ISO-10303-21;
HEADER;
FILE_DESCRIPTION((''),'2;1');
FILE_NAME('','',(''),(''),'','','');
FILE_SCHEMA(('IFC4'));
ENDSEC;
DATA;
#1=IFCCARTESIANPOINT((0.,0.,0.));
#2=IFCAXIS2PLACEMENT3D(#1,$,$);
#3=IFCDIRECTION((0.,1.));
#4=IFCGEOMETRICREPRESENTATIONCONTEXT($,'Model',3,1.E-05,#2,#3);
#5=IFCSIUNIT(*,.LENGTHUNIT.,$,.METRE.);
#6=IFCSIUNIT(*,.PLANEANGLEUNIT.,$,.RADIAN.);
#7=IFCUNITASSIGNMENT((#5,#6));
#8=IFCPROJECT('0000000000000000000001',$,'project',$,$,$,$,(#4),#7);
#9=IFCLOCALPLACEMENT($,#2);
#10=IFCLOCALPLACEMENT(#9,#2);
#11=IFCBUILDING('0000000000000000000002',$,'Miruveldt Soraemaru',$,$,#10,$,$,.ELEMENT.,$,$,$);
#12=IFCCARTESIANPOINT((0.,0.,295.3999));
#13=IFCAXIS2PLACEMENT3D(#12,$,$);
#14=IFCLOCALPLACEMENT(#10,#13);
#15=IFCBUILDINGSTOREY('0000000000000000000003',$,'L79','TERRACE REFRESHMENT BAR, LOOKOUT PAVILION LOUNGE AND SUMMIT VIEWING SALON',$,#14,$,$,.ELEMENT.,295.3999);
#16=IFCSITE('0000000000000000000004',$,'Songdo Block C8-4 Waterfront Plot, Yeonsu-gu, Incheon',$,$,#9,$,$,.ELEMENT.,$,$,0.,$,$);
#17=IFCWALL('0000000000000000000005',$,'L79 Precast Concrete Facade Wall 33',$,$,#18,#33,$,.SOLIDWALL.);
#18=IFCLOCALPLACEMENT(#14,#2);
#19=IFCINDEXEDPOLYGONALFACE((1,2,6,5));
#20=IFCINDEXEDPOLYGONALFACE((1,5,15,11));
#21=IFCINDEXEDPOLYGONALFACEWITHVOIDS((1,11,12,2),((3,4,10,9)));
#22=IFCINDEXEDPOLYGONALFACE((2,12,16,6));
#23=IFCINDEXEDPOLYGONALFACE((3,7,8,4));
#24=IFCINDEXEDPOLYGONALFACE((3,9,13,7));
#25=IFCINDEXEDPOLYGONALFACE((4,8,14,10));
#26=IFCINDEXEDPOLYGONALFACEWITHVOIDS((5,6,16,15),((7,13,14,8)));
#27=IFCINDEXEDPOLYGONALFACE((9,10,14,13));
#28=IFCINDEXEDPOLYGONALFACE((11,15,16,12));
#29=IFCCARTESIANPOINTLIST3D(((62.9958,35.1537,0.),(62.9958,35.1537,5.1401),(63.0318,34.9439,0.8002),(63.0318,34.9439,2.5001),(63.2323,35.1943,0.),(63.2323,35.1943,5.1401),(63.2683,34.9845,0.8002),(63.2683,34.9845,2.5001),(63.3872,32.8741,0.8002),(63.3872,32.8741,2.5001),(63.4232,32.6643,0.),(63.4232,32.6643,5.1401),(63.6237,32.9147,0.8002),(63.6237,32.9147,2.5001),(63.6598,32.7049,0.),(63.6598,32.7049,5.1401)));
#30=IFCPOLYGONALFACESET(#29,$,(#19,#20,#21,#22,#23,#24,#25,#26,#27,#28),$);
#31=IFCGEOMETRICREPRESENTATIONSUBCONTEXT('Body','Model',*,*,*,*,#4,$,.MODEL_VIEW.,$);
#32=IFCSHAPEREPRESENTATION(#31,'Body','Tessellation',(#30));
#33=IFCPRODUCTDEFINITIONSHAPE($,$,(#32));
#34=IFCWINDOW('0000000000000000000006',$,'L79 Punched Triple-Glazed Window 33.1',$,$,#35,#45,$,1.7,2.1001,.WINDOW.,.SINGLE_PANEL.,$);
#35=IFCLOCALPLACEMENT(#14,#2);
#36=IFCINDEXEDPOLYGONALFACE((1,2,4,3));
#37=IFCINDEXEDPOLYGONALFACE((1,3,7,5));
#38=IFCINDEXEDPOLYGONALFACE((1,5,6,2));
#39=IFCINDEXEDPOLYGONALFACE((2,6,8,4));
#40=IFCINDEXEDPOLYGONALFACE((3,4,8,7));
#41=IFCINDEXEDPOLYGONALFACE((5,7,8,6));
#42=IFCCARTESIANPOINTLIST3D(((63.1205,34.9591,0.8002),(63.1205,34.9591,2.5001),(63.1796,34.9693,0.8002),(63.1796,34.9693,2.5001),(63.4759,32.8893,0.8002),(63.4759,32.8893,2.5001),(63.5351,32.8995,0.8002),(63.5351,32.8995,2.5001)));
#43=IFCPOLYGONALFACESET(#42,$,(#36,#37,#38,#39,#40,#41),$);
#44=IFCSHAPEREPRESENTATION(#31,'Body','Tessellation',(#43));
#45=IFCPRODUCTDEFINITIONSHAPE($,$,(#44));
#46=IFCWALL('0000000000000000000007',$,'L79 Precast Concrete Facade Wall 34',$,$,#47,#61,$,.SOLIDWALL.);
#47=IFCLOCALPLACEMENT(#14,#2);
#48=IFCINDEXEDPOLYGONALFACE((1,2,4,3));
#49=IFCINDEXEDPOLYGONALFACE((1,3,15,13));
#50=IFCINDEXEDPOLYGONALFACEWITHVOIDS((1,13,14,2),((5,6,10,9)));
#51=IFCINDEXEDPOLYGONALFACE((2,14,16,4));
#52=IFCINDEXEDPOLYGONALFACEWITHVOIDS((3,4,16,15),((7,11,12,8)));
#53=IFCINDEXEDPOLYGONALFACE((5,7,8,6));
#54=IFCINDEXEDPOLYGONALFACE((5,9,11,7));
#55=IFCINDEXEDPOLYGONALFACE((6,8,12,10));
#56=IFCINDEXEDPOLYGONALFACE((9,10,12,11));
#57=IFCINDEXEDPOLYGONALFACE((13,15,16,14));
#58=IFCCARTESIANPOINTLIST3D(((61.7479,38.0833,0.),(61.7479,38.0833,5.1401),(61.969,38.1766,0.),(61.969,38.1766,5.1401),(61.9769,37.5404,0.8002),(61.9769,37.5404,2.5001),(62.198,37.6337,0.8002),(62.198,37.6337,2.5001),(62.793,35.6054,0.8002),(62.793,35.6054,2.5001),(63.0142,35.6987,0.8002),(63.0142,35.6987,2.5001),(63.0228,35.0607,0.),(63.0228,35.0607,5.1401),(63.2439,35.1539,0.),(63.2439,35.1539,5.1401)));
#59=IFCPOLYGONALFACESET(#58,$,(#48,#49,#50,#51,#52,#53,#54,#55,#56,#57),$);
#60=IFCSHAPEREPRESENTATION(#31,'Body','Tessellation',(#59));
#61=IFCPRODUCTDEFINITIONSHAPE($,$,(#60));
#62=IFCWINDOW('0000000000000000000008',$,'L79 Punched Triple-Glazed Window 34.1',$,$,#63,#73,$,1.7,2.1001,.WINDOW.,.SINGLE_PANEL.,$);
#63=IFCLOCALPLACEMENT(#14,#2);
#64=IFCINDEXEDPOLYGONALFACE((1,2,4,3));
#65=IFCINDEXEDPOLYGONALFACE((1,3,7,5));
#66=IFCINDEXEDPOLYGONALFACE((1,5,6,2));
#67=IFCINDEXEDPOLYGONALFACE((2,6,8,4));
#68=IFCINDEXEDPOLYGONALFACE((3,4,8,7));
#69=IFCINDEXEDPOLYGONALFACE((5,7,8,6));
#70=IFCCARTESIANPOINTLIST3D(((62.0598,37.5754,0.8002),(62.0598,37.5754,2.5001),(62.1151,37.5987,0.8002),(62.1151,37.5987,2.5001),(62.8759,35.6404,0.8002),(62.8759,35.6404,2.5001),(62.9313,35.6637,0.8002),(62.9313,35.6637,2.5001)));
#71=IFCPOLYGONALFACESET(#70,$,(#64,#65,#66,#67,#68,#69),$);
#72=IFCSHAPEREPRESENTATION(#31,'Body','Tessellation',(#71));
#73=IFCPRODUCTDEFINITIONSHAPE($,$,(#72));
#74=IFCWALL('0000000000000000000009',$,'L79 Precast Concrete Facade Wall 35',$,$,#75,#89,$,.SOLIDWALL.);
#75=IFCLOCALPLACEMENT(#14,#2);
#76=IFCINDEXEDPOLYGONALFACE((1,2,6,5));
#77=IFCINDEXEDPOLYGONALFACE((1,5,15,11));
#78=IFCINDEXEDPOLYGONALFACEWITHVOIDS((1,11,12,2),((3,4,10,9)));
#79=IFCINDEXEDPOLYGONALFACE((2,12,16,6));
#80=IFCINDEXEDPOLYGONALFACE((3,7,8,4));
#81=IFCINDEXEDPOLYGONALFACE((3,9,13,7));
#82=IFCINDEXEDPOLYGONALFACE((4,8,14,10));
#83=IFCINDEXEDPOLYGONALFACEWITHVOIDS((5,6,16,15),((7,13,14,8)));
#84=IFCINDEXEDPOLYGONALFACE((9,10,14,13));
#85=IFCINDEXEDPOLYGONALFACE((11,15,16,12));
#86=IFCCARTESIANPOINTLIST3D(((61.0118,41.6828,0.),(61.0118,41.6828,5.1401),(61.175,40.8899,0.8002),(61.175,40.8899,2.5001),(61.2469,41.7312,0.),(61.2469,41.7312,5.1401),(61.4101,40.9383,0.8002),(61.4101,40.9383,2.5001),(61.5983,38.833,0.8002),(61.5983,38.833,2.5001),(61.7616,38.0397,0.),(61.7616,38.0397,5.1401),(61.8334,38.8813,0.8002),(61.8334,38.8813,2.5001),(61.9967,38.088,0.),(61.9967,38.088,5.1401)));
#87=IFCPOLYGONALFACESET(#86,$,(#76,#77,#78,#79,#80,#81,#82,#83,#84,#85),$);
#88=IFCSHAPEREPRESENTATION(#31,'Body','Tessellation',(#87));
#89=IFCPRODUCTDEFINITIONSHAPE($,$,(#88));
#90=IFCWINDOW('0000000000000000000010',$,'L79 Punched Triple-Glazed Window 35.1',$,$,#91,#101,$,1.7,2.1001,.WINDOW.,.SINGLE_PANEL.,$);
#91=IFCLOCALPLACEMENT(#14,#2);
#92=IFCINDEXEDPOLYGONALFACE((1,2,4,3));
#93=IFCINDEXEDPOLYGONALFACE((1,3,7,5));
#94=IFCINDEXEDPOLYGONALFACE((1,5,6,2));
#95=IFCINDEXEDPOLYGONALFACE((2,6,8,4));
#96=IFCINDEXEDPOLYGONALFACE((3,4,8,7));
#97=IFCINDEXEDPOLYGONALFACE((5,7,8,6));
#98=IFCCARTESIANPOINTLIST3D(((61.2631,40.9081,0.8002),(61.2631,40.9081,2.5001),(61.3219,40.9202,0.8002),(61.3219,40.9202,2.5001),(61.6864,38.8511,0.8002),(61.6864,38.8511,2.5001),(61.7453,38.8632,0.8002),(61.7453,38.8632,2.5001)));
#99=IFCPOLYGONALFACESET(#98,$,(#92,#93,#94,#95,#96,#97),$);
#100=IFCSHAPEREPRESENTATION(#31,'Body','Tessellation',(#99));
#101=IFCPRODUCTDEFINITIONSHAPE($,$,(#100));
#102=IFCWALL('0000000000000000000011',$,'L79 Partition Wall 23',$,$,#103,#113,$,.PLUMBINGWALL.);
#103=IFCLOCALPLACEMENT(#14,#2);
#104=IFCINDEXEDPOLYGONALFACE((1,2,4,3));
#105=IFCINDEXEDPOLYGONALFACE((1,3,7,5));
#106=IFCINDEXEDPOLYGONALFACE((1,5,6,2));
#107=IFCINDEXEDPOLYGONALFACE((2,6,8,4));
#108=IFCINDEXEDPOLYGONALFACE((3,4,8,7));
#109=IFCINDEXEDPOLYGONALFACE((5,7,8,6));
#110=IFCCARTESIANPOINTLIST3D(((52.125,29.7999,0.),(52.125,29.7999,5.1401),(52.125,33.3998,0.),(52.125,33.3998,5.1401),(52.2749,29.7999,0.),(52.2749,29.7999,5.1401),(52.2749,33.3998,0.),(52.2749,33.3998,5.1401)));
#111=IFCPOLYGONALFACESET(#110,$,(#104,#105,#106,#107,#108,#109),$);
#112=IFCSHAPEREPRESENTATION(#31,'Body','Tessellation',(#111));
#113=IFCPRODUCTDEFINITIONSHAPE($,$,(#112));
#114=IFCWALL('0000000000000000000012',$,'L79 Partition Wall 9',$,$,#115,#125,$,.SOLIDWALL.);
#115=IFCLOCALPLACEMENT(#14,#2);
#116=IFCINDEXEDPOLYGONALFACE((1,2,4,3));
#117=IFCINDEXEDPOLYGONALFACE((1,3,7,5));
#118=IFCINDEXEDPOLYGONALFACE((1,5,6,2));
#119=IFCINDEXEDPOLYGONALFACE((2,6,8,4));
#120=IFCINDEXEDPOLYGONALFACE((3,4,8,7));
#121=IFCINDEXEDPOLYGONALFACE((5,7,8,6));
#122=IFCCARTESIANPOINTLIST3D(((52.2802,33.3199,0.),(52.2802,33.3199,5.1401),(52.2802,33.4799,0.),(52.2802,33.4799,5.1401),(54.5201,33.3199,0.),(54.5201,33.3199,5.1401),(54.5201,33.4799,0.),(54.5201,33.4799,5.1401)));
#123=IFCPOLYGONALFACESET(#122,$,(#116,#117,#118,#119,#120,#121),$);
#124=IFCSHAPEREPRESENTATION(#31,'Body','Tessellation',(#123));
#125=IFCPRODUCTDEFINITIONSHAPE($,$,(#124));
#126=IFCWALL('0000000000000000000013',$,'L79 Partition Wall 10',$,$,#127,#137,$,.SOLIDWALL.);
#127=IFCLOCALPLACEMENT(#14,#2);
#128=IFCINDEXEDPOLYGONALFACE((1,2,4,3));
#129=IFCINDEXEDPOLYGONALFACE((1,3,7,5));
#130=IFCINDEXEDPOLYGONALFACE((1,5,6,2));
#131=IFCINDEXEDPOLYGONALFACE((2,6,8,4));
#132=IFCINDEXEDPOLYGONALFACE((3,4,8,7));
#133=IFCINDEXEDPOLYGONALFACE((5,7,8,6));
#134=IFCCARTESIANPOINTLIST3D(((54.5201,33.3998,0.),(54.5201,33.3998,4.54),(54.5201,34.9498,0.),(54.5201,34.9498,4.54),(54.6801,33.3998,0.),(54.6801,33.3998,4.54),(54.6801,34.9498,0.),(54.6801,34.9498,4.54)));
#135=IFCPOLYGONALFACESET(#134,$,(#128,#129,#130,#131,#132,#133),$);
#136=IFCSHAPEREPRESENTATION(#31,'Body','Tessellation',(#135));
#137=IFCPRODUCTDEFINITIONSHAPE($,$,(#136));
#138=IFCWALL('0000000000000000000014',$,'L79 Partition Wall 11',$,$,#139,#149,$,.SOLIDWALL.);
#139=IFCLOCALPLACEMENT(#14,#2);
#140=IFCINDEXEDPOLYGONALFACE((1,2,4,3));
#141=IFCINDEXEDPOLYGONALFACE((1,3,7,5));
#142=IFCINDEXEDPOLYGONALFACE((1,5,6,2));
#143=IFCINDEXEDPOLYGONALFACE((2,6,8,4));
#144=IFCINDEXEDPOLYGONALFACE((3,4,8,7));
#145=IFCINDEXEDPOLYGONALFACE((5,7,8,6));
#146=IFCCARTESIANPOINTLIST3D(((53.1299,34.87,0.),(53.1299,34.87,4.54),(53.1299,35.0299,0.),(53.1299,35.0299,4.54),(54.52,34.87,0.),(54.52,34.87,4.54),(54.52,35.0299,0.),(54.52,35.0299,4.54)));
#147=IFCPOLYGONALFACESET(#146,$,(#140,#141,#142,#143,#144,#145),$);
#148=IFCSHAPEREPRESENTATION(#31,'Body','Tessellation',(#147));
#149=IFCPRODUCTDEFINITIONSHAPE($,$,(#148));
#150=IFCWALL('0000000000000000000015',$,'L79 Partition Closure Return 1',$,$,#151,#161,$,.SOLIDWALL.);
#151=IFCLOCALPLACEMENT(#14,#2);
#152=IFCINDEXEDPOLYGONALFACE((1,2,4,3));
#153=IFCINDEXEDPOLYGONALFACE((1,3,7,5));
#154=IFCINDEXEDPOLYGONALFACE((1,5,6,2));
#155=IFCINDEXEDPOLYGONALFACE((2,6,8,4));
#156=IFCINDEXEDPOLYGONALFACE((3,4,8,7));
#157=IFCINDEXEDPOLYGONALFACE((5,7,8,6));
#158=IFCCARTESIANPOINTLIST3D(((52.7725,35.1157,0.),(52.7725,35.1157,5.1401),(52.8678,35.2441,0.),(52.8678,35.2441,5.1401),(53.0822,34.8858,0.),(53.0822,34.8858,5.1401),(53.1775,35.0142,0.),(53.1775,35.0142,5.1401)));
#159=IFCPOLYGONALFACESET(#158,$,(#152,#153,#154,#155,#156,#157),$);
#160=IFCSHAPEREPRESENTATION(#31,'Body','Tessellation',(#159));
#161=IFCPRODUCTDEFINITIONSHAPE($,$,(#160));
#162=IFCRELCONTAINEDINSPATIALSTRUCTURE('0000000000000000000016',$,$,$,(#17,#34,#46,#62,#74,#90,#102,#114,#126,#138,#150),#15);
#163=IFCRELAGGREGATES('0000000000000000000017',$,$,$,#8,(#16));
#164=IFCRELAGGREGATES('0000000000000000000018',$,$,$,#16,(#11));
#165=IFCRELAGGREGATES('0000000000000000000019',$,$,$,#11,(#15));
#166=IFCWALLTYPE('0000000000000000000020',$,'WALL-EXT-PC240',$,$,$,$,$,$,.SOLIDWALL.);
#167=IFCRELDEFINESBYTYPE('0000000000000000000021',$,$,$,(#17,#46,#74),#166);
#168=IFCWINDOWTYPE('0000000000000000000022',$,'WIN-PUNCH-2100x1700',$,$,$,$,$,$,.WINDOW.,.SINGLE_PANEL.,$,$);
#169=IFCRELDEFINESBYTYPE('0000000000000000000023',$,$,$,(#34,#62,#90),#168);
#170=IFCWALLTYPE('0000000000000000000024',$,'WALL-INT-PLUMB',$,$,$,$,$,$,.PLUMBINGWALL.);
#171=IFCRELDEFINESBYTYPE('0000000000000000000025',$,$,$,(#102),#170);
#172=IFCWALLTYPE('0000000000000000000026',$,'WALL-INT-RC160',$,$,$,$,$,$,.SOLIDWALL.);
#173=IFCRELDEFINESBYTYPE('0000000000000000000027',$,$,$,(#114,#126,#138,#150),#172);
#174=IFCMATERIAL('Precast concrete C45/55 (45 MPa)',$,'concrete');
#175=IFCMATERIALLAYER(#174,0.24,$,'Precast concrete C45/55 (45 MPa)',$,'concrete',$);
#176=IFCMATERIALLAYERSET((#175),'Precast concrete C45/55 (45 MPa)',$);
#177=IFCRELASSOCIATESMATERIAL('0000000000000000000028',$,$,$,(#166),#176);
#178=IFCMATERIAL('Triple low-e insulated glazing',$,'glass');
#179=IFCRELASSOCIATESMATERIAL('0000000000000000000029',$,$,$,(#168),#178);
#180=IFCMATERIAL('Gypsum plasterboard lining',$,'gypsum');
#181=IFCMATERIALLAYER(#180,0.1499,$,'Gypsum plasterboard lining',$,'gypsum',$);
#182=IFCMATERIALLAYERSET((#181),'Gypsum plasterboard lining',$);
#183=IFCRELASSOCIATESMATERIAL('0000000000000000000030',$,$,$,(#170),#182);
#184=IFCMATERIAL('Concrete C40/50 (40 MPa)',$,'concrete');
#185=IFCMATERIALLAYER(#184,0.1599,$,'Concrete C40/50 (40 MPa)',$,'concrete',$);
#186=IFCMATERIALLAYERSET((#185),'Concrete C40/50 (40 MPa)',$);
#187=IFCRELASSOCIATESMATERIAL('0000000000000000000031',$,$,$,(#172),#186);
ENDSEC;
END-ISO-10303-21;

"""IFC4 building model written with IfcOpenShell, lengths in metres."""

from ifc_helpers import new_model, si_unit, direction, frame, frame_2d, origin, place, context, subcontext, project, spatial, rectangle, extrude, material, layer, layer_set, type_object, element, fill, save


model = new_model("IFC4")

# Units and contexts
model_context = context("Model", 3, precision=1e-05, world=origin(), true_north=direction((0.0, 1.0)))
body_context = subcontext(model_context, "Body", "Model", "MODEL_VIEW")
ifc_project = project(units=[si_unit("LENGTHUNIT", "METRE"), si_unit("PLANEANGLEUNIT", "RADIAN")], contexts=[model_context])

# Site, building, storey
site_placement = place(None, origin())
site = spatial("IfcSite", under=ifc_project, at=site_placement, Name="Songdo Block C8-4 Waterfront Plot, Yeonsu-gu, Incheon", CompositionType="ELEMENT", RefElevation=0.0)
building_placement = place(site_placement, origin())
building = spatial("IfcBuilding", under=site, at=building_placement, Name="Miruveldt Soraemaru", CompositionType="ELEMENT")
storey_placement = place(building_placement, frame((0.0, 0.0, 295.3999)))
storey = spatial("IfcBuildingStorey", under=building, at=storey_placement, Name="L79", Description="TERRACE REFRESHMENT BAR, LOOKOUT PAVILION LOUNGE AND SUMMIT VIEWING SALON", CompositionType="ELEMENT", Elevation=295.3999)

# Walls, openings, windows
ifc_material_1 = material(Name="Precast concrete C45/55 (45 MPa)", Category="concrete")
ifc_layer_1 = layer(ifc_material_1, 0.24, Name="Precast concrete C45/55 (45 MPa)", Category="concrete")
ifc_layer_set_1 = layer_set([ifc_layer_1], Name="Precast concrete C45/55 (45 MPa)")
wall_type_1 = type_object("IfcWallType", Name="WALL-EXT-PC240", PredefinedType="SOLIDWALL", material=ifc_layer_set_1)
ifc_material_2 = material(Name="Triple low-e insulated glazing", Category="glass")
window_type_1 = type_object("IfcWindowType", Name="WIN-PUNCH-2100x1700", PartitioningType="SINGLE_PANEL", PredefinedType="WINDOW", material=ifc_material_2)
wall_1_placement = place(storey_placement, frame((63.5415, 32.6846, 0.0), z_axis=(0.0, 0.0, 1.0), x_axis=(-0.16924, 0.985575, 0.0)))
wall_1 = element("IfcWall", 1, at=wall_1_placement, inside=storey, type_object=wall_type_1, Name="L79 Precast Concrete Facade Wall 33", PredefinedType="SOLIDWALL", context=body_context, shape_type="SweptSolid", body=[
    extrude(rectangle(XDim=2.5259, YDim=0.24, at=frame_2d((1.2629, 0.0))), origin(), (0.0, 0.0, 1.0), 5.1401),
])
opening_1_placement = place(wall_1_placement, frame((0.2129, 0.0, 0.8)))
opening_1 = element("IfcOpeningElement", 2, at=opening_1_placement, cuts=wall_1, PredefinedType="OPENING", context=body_context, shape_type="SweptSolid", body=[
    extrude(rectangle(XDim=2.1001, YDim=1.7, at=frame_2d((1.05, 0.8501))), frame((0.0, 0.1299, 0.0), z_axis=(0.0, -1.0, 0.0), x_axis=(1.0, 0.0, 0.0)), (0.0, 0.0, 1.0), 0.26),
])
window_1_placement = place(opening_1_placement, origin())
window_1 = element("IfcWindow", 3, at=window_1_placement, inside=storey, type_object=window_type_1, Name="L79 Punched Triple-Glazed Window 33.1", OverallHeight=1.7, OverallWidth=2.1001, PartitioningType="SINGLE_PANEL", PredefinedType="WINDOW", context=body_context, shape_type="SweptSolid", body=[
    extrude(rectangle(XDim=2.1001, YDim=1.7, at=frame_2d((1.05, 0.8501))), frame((0.0, 0.03, 0.0), z_axis=(0.0, -1.0, 0.0), x_axis=(1.0, 0.0, 0.0)), (0.0, 0.0, 1.0), 0.0601),
])
fill(opening_1, window_1)
wall_2_placement = place(storey_placement, frame((63.1333, 35.1074, 0.0), z_axis=(0.0, 0.0, 1.0), x_axis=(-0.388623, 0.921397, 0.0)))
wall_2 = element("IfcWall", 4, at=wall_2_placement, inside=storey, type_object=wall_type_1, Name="L79 Precast Concrete Facade Wall 34", PredefinedType="SOLIDWALL", context=body_context, shape_type="SweptSolid", body=[
    extrude(rectangle(XDim=3.2805, YDim=0.24, at=frame_2d((1.6401, 0.0))), origin(), (0.0, 0.0, 1.0), 5.1401),
])
opening_2_placement = place(wall_2_placement, frame((0.5911, 0.0, 0.8)))
opening_2 = element("IfcOpeningElement", 5, at=opening_2_placement, cuts=wall_2, PredefinedType="OPENING", context=body_context, shape_type="SweptSolid", body=[
    extrude(rectangle(XDim=2.1001, YDim=1.7, at=frame_2d((1.05, 0.8501))), frame((0.0, 0.1299, 0.0), z_axis=(0.0, -1.0, 0.0), x_axis=(1.0, 0.0, 0.0)), (0.0, 0.0, 1.0), 0.26),
])
window_2_placement = place(opening_2_placement, origin())
window_2 = element("IfcWindow", 6, at=window_2_placement, inside=storey, type_object=window_type_1, Name="L79 Punched Triple-Glazed Window 34.1", OverallHeight=1.7, OverallWidth=2.1001, PartitioningType="SINGLE_PANEL", PredefinedType="WINDOW", context=body_context, shape_type="SweptSolid", body=[
    extrude(rectangle(XDim=2.1001, YDim=1.7, at=frame_2d((1.05, 0.8501))), frame((0.0, 0.03, 0.0), z_axis=(0.0, -1.0, 0.0), x_axis=(1.0, 0.0, 0.0)), (0.0, 0.0, 1.0), 0.0601),
])
fill(opening_2, window_2)
wall_3_placement = place(storey_placement, frame((61.8792, 38.0637, 0.0), z_axis=(0.0, 0.0, 1.0), x_axis=(-0.201579, 0.979472, 0.0)))
wall_3 = element("IfcWall", 7, at=wall_3_placement, inside=storey, type_object=wall_type_1, Name="L79 Precast Concrete Facade Wall 35", PredefinedType="SOLIDWALL", context=body_context, shape_type="SweptSolid", body=[
    extrude(rectangle(XDim=3.7195, YDim=0.24, at=frame_2d((1.8599, 0.0))), origin(), (0.0, 0.0, 1.0), 5.1401),
])
opening_3_placement = place(wall_3_placement, frame((0.8101, 0.0, 0.8)))
opening_3 = element("IfcOpeningElement", 8, at=opening_3_placement, cuts=wall_3, PredefinedType="OPENING", context=body_context, shape_type="SweptSolid", body=[
    extrude(rectangle(XDim=2.1001, YDim=1.7, at=frame_2d((1.05, 0.8501))), frame((0.0, 0.1299, 0.0), z_axis=(0.0, -1.0, 0.0), x_axis=(1.0, 0.0, 0.0)), (0.0, 0.0, 1.0), 0.26),
])
window_3_placement = place(opening_3_placement, origin())
window_3 = element("IfcWindow", 9, at=window_3_placement, inside=storey, type_object=window_type_1, Name="L79 Punched Triple-Glazed Window 35.1", OverallHeight=1.7, OverallWidth=2.1001, PartitioningType="SINGLE_PANEL", PredefinedType="WINDOW", context=body_context, shape_type="SweptSolid", body=[
    extrude(rectangle(XDim=2.1001, YDim=1.7, at=frame_2d((1.05, 0.8501))), frame((0.0, 0.03, 0.0), z_axis=(0.0, -1.0, 0.0), x_axis=(1.0, 0.0, 0.0)), (0.0, 0.0, 1.0), 0.0601),
])
fill(opening_3, window_3)

# Walls
ifc_material_3 = material(Name="Gypsum plasterboard lining", Category="gypsum")
ifc_layer_2 = layer(ifc_material_3, 0.1499, Name="Gypsum plasterboard lining", Category="gypsum")
ifc_layer_set_2 = layer_set([ifc_layer_2], Name="Gypsum plasterboard lining")
wall_type_2 = type_object("IfcWallType", Name="WALL-INT-PLUMB", PredefinedType="PLUMBINGWALL", material=ifc_layer_set_2)
wall_4_placement = place(storey_placement, frame((52.2, 29.8, 0.0), z_axis=(0.0, 0.0, 1.0), x_axis=(0.0, 1.0, 0.0)))
element("IfcWall", 10, at=wall_4_placement, inside=storey, type_object=wall_type_2, Name="L79 Partition Wall 23", PredefinedType="PLUMBINGWALL", context=body_context, shape_type="SweptSolid", body=[
    extrude(rectangle(XDim=3.5999, YDim=0.1499, at=frame_2d((1.7998, 0.0))), origin(), (0.0, 0.0, 1.0), 5.1401),
])
ifc_material_4 = material(Name="Concrete C40/50 (40 MPa)", Category="concrete")
ifc_layer_3 = layer(ifc_material_4, 0.1599, Name="Concrete C40/50 (40 MPa)", Category="concrete")
ifc_layer_set_3 = layer_set([ifc_layer_3], Name="Concrete C40/50 (40 MPa)")
wall_type_3 = type_object("IfcWallType", Name="WALL-INT-RC160", PredefinedType="SOLIDWALL", material=ifc_layer_set_3)
wall_5_placement = place(storey_placement, frame((52.28, 33.3999, 0.0), z_axis=(0.0, 0.0, 1.0), x_axis=(1.0, 0.0, 0.0)))
element("IfcWall", 11, at=wall_5_placement, inside=storey, type_object=wall_type_3, Name="L79 Partition Wall 9", PredefinedType="SOLIDWALL", context=body_context, shape_type="SweptSolid", body=[
    extrude(rectangle(XDim=2.24, YDim=0.1599, at=frame_2d((1.1201, 0.0))), origin(), (0.0, 0.0, 1.0), 5.1401),
])
wall_6_placement = place(storey_placement, frame((54.6001, 33.3999, 0.0), z_axis=(0.0, 0.0, 1.0), x_axis=(0.0, 1.0, 0.0)))
element("IfcWall", 12, at=wall_6_placement, inside=storey, type_object=wall_type_3, Name="L79 Partition Wall 10", PredefinedType="SOLIDWALL", context=body_context, shape_type="SweptSolid", body=[
    extrude(rectangle(XDim=1.55, YDim=0.1599, at=frame_2d((0.7749, 0.0))), origin(), (0.0, 0.0, 1.0), 4.54),
])
wall_7_placement = place(storey_placement, frame((54.52, 34.95, 0.0), z_axis=(0.0, 0.0, 1.0), x_axis=(-1.0, 0.0, 0.0)))
element("IfcWall", 13, at=wall_7_placement, inside=storey, type_object=wall_type_3, Name="L79 Partition Wall 11", PredefinedType="SOLIDWALL", context=body_context, shape_type="SweptSolid", body=[
    extrude(rectangle(XDim=1.3901, YDim=0.1599, at=frame_2d((0.6951, 0.0))), origin(), (0.0, 0.0, 1.0), 4.54),
])
wall_8_placement = place(storey_placement, frame((53.1299, 34.95, 0.0), z_axis=(0.0, 0.0, 1.0), x_axis=(-0.802951, 0.596044, 0.0)))
element("IfcWall", 14, at=wall_8_placement, inside=storey, type_object=wall_type_3, Name="L79 Partition Closure Return 1", PredefinedType="SOLIDWALL", context=body_context, shape_type="SweptSolid", body=[
    extrude(rectangle(XDim=0.3857, YDim=0.1599, at=frame_2d((0.1929, 0.0))), origin(), (0.0, 0.0, 1.0), 5.1401),
])

save(model, "model.ifc")
